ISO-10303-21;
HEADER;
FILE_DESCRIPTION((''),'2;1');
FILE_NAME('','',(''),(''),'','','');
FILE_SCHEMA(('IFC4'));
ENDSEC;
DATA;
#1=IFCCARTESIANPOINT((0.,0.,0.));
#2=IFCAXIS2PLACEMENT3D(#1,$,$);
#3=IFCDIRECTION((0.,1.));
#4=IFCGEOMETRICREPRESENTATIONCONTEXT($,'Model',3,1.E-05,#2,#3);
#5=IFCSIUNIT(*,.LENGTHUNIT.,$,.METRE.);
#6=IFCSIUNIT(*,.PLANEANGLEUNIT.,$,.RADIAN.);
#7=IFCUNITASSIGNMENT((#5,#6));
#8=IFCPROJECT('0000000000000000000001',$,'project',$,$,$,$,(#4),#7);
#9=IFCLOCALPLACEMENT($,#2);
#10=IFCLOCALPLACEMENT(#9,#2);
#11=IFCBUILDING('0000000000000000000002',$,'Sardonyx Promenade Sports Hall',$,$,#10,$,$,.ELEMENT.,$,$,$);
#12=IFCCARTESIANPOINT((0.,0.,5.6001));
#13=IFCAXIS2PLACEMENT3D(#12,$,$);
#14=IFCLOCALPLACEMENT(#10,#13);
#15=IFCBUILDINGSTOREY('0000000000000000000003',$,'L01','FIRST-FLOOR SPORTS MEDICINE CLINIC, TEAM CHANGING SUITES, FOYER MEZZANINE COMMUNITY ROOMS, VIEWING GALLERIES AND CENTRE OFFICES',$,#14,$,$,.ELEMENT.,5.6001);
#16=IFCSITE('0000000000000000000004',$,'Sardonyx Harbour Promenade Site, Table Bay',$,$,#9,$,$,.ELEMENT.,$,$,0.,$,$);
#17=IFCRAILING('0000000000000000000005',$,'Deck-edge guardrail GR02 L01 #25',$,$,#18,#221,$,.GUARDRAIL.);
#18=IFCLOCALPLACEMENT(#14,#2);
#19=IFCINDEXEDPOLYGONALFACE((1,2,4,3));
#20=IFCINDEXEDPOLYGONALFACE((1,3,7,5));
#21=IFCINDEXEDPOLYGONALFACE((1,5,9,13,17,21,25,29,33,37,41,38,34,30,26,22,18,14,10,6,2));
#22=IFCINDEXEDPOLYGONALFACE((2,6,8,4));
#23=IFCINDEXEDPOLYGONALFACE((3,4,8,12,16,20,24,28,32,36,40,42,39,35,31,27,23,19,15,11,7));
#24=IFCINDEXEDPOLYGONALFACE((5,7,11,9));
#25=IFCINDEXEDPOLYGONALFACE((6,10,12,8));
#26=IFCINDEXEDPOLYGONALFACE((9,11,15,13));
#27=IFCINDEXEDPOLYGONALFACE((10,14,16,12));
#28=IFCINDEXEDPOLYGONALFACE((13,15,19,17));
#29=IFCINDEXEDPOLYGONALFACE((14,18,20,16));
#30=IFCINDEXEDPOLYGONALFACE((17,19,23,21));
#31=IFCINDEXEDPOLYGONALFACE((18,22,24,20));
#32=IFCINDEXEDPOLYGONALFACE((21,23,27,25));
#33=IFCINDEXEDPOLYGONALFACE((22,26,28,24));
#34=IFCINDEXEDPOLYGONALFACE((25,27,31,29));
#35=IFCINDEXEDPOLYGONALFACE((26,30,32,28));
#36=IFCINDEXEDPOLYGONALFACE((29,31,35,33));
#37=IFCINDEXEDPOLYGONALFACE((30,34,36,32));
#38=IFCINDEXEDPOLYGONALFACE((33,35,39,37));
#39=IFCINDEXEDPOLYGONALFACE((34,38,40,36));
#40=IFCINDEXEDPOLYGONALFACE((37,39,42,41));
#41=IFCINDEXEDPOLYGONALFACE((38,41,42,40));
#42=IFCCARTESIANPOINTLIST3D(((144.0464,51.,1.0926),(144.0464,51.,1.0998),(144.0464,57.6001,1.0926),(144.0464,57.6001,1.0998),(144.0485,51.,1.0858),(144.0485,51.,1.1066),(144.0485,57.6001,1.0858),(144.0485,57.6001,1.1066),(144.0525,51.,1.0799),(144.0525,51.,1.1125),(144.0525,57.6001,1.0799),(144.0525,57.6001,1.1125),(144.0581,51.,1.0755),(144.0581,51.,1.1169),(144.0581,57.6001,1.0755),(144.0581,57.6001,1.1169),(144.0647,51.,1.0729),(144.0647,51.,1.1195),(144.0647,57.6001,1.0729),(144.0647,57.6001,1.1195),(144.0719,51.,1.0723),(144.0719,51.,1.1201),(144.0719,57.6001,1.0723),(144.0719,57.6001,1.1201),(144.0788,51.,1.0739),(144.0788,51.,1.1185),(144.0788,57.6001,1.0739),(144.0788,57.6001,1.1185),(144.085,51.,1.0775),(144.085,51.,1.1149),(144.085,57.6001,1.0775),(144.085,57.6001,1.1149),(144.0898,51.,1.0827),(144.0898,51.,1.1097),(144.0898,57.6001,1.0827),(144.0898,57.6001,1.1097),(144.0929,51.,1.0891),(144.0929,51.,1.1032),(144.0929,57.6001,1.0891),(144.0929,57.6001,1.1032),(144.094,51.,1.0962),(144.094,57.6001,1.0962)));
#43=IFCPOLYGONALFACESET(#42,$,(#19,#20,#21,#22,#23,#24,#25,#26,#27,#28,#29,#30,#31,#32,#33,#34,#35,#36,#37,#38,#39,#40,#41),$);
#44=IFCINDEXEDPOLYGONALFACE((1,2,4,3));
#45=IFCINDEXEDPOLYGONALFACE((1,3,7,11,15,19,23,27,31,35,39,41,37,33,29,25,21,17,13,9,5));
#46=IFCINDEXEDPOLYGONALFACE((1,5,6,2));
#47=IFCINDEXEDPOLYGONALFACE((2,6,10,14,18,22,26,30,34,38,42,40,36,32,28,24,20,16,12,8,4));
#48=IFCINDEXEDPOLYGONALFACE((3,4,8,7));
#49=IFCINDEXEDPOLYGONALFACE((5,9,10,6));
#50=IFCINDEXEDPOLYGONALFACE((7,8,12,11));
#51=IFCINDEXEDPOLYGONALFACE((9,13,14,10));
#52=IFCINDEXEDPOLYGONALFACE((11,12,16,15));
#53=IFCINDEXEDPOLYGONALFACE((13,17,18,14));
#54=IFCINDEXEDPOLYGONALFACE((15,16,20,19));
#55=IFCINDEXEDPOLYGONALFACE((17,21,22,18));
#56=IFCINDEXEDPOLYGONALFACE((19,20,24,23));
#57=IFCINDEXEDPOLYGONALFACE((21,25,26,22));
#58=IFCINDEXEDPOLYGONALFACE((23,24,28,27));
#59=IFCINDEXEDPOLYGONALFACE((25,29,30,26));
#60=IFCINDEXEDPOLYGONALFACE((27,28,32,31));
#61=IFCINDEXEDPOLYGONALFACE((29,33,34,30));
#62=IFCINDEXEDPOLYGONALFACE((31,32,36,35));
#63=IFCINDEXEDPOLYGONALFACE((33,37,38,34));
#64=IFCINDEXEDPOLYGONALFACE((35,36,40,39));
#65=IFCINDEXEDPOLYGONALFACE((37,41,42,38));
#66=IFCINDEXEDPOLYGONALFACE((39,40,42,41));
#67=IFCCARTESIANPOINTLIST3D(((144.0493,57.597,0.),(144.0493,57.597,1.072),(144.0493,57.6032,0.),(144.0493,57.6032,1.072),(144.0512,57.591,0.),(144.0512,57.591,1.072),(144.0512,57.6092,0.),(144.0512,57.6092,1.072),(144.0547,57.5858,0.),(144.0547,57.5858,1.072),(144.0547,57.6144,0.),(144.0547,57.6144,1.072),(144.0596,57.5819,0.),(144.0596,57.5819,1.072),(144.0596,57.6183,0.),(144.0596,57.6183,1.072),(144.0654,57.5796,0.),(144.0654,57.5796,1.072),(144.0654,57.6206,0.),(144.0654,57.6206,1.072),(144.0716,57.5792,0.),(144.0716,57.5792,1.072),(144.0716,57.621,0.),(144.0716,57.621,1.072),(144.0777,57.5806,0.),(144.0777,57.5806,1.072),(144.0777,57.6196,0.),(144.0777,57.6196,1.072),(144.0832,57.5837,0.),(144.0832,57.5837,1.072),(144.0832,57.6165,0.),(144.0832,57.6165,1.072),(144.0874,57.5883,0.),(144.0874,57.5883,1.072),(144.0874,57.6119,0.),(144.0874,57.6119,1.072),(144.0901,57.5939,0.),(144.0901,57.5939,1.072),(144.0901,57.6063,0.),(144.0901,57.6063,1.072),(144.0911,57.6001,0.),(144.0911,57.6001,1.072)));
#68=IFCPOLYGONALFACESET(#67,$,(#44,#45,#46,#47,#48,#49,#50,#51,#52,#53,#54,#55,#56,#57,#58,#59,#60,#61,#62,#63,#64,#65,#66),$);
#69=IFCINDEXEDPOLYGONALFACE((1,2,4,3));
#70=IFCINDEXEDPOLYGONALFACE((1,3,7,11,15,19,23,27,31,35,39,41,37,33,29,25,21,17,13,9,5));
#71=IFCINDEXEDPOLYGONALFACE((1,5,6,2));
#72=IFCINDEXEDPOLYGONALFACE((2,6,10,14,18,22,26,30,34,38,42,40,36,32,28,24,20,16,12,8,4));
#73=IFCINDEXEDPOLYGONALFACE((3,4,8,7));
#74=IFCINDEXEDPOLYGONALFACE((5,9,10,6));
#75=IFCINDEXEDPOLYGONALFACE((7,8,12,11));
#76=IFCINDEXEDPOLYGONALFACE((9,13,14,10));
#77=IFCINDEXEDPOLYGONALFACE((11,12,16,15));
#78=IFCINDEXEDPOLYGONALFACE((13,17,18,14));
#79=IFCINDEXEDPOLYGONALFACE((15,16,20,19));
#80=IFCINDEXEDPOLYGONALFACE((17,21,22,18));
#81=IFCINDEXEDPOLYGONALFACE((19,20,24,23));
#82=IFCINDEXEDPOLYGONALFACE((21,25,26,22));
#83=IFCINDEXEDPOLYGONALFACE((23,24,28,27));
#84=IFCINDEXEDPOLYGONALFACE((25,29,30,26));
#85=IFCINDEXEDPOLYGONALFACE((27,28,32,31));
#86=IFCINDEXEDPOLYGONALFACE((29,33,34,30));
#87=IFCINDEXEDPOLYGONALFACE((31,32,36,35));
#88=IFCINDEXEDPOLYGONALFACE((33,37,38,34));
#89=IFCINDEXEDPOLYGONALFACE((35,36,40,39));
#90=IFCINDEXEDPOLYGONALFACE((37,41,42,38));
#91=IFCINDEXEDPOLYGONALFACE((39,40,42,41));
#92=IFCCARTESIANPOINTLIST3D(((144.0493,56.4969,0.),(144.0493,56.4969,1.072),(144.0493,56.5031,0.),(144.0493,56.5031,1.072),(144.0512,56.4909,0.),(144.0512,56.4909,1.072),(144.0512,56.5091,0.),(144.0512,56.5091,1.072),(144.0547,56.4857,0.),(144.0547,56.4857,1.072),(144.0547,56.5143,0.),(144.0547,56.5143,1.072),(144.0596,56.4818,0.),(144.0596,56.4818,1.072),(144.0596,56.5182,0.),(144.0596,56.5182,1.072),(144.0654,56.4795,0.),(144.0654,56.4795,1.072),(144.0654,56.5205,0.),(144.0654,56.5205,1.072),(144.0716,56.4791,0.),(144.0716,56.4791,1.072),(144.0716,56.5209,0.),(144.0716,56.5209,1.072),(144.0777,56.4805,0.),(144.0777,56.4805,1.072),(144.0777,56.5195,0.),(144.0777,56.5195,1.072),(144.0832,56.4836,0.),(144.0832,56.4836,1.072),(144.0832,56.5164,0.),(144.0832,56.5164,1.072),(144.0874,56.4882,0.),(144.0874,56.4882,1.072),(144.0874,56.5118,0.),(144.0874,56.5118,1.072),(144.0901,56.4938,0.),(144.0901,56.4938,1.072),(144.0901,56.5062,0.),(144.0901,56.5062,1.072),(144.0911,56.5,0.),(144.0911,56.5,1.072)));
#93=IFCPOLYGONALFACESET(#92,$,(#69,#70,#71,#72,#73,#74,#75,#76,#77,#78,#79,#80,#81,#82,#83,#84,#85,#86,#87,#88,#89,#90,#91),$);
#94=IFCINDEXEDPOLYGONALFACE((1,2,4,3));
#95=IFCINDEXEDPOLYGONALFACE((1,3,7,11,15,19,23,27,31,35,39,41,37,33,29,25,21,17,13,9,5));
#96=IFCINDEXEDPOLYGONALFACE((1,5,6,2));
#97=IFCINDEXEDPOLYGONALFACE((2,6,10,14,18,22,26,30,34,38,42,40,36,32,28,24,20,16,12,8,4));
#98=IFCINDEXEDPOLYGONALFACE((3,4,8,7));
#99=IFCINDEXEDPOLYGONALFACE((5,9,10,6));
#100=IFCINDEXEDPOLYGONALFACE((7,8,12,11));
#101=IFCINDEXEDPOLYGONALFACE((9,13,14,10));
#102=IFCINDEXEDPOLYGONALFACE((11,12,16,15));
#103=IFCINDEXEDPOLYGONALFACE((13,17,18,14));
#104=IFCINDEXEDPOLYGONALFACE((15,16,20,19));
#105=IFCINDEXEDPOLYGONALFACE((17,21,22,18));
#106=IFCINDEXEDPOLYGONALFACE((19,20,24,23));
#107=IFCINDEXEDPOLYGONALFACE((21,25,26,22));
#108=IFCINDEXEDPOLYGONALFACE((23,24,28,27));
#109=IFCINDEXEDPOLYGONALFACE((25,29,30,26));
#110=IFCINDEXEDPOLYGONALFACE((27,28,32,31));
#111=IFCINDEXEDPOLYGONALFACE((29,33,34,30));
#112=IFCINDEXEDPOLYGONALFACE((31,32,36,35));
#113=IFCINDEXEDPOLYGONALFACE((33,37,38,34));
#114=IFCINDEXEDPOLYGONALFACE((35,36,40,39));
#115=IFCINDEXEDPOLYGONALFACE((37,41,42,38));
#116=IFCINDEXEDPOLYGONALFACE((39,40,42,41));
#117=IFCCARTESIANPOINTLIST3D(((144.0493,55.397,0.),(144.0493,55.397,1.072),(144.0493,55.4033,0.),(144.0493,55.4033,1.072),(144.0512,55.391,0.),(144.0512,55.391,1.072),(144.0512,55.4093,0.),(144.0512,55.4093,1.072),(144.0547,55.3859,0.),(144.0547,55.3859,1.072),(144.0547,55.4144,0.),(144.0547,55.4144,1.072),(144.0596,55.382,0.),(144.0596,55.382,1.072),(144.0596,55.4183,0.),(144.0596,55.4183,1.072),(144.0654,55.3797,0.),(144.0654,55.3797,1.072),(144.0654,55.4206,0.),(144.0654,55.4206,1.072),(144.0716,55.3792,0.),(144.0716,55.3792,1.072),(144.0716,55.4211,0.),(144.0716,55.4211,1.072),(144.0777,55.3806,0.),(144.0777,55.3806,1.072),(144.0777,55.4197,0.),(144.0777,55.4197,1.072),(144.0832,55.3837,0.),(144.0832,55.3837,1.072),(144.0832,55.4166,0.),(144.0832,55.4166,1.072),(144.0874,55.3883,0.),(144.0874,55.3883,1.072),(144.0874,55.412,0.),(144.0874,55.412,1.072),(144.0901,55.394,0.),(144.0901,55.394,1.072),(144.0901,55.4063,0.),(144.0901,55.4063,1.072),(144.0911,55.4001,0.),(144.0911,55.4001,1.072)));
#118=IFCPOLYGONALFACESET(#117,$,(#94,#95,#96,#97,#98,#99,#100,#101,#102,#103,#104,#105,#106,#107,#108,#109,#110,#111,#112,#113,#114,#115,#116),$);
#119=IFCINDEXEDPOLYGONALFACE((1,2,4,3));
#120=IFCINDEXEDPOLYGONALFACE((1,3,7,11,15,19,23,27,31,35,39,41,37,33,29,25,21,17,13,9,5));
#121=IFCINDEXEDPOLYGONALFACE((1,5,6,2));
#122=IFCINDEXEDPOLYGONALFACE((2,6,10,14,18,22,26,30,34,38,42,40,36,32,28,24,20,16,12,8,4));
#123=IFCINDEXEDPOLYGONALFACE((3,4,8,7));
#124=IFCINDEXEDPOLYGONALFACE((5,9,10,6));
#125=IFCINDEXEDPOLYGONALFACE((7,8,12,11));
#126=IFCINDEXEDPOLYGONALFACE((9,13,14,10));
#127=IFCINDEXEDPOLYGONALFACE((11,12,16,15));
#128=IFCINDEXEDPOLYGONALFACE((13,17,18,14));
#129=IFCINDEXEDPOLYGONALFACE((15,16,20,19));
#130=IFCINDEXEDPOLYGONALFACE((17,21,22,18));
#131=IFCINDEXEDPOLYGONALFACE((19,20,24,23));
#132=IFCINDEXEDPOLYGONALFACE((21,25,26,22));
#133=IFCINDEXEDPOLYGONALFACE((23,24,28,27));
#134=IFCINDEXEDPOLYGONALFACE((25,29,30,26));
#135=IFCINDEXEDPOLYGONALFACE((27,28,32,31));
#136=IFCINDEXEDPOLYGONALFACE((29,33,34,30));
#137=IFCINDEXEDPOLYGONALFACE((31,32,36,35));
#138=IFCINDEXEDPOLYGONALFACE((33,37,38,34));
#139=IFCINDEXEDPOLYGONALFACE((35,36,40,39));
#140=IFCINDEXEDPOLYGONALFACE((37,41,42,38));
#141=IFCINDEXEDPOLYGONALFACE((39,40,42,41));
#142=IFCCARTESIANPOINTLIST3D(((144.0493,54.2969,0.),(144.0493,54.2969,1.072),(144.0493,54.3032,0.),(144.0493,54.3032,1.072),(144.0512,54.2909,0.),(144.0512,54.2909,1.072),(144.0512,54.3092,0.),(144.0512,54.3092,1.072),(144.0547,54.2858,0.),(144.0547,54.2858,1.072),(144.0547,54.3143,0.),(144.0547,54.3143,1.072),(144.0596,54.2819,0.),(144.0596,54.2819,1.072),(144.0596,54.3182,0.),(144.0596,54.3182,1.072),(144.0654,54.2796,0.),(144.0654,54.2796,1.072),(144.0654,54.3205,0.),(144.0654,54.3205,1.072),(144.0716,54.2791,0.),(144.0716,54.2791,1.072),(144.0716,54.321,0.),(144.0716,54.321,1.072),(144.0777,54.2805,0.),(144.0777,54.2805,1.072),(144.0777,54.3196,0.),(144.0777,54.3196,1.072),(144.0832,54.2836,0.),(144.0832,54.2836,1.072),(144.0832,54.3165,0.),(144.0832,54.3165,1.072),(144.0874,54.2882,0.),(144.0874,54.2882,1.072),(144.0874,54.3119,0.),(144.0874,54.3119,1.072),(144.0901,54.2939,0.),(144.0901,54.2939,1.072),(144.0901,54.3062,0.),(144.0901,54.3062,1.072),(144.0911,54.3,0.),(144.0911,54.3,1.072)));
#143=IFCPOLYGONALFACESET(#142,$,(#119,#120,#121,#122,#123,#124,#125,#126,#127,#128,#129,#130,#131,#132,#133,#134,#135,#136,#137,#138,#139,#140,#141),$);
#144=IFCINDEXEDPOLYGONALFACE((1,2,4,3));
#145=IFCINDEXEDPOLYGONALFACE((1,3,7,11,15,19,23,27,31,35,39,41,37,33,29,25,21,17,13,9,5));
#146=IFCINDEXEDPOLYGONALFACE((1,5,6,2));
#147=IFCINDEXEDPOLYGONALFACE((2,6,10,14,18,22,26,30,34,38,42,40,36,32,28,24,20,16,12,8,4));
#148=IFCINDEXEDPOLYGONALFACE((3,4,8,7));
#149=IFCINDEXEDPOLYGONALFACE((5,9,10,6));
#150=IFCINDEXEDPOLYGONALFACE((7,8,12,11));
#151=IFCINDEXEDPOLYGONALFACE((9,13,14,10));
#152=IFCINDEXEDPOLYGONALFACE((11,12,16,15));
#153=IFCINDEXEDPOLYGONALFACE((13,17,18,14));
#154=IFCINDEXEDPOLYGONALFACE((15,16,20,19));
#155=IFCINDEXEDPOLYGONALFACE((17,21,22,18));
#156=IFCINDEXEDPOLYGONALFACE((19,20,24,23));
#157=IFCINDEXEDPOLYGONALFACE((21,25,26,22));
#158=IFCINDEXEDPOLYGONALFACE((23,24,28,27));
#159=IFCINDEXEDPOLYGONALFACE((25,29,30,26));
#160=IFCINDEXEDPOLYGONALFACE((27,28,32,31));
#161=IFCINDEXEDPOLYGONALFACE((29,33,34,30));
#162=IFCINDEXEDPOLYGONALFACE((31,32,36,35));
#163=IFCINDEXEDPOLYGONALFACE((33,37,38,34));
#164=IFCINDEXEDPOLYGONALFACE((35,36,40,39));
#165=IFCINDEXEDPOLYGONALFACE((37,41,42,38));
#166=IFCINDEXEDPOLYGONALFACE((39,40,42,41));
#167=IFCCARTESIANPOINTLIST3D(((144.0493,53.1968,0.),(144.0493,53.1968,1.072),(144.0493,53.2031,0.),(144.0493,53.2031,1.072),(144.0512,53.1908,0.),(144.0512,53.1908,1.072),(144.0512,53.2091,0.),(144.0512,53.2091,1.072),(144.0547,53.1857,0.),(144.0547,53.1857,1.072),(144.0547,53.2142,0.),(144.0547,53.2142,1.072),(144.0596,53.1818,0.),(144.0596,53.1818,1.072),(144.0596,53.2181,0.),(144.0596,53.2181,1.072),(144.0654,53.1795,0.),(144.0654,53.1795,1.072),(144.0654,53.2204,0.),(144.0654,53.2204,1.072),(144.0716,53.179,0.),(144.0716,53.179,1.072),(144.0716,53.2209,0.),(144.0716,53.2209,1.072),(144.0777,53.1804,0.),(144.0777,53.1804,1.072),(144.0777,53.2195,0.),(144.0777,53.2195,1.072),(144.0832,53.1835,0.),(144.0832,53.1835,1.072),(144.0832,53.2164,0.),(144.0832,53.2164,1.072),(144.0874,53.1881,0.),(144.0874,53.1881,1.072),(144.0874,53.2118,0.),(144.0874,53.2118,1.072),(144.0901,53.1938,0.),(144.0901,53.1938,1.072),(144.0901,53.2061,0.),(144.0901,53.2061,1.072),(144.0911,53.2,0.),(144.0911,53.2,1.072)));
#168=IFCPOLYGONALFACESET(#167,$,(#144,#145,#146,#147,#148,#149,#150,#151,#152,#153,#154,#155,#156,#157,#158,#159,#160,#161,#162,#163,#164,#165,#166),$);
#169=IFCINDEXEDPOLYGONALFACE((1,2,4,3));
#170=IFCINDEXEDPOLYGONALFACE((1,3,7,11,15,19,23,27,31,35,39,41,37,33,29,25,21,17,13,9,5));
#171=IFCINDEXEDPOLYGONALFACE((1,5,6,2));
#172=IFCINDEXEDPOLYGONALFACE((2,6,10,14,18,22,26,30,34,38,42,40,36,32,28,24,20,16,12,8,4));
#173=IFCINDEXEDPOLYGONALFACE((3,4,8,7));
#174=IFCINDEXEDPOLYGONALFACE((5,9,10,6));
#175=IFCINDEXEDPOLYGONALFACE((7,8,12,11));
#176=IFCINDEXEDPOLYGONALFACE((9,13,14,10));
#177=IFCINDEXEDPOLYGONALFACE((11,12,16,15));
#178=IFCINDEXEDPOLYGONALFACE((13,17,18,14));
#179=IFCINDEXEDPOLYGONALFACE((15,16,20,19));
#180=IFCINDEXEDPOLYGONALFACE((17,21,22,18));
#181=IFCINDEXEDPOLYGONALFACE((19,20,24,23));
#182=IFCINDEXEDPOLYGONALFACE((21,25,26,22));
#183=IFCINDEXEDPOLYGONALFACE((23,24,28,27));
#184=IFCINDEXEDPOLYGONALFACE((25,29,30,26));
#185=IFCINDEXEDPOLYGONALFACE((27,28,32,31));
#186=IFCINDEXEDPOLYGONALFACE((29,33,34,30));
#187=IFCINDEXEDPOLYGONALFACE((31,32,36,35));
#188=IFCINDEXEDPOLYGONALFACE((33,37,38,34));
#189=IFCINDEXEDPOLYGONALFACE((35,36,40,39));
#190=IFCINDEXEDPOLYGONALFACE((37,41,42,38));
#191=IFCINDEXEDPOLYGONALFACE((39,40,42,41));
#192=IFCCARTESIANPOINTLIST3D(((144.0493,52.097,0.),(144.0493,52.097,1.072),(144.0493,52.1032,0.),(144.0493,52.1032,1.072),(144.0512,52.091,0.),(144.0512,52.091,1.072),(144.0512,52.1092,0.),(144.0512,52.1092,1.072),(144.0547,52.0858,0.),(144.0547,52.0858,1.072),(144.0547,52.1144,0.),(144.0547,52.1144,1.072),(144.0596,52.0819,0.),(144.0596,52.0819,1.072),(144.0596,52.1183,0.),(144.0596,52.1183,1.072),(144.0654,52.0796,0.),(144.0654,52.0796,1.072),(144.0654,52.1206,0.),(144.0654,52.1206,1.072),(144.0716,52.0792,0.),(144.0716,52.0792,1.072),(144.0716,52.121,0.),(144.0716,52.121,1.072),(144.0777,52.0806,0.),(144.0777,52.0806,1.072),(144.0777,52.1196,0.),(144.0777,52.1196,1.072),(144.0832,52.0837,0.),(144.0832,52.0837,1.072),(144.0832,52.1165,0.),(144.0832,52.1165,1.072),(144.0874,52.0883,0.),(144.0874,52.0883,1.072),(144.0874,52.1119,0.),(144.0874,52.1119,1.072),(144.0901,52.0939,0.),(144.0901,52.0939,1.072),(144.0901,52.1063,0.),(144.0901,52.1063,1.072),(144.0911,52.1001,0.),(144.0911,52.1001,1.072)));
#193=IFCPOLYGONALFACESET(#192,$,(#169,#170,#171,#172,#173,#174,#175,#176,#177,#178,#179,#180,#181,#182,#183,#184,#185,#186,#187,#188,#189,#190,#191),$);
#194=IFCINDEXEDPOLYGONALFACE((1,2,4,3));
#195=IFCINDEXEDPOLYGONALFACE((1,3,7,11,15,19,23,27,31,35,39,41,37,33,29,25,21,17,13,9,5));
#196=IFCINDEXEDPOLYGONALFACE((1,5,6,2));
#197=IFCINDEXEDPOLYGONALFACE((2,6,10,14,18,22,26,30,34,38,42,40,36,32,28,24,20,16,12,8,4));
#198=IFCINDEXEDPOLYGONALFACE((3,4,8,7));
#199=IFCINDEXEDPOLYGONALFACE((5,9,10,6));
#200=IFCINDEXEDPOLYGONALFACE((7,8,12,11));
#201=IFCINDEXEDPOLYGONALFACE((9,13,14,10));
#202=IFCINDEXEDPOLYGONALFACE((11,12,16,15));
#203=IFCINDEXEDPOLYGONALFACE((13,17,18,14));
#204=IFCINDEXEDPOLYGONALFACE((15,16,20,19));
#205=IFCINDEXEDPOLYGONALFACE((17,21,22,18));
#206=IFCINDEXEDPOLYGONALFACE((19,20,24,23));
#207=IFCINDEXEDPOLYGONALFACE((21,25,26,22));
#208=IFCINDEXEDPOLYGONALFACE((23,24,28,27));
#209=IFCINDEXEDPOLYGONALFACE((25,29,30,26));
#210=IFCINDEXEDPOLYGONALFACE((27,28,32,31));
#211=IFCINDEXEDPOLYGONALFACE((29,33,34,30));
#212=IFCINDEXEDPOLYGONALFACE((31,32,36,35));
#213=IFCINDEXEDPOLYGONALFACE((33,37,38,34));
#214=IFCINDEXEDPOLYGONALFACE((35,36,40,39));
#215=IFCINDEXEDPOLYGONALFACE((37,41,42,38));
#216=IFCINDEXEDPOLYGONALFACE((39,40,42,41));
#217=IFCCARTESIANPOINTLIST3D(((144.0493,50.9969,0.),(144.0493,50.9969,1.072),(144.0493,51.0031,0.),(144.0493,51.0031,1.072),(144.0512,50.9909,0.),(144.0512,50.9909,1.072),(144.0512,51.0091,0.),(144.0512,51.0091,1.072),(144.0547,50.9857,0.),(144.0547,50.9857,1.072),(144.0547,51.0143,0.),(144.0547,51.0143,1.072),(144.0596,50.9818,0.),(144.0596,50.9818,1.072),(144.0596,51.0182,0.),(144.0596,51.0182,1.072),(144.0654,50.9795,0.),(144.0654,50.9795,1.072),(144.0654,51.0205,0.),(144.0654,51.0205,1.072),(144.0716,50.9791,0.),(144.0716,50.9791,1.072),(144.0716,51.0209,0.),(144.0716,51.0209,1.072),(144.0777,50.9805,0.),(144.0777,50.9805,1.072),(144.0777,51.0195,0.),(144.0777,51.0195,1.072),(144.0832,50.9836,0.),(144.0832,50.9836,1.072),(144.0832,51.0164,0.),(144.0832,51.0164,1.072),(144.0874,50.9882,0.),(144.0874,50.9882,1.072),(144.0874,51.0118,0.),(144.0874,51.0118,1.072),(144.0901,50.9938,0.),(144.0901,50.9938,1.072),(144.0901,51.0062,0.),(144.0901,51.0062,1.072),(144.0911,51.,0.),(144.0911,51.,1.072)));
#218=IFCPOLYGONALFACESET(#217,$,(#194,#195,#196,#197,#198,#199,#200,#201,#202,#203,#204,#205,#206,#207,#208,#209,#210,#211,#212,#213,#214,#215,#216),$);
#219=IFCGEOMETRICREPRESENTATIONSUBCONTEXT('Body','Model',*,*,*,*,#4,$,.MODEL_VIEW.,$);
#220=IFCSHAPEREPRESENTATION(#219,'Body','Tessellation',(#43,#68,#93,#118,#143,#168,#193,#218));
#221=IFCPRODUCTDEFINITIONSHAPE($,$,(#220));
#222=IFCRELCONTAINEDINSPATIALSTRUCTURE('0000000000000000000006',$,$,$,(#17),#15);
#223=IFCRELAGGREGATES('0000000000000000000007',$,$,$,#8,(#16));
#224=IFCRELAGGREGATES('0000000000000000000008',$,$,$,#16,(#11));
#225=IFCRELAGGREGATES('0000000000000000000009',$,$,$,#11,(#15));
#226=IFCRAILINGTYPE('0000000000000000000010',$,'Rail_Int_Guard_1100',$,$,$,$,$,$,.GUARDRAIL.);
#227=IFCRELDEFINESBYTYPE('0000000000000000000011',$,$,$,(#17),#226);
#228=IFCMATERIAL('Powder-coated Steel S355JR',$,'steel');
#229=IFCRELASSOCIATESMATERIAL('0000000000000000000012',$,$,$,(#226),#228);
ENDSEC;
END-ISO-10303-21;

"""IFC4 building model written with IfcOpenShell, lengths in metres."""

from ifc_helpers import new_model, si_unit, direction, frame, origin, origin_2d, place, context, subcontext, project, spatial, circle, extrude, material, type_object, element, save


model = new_model("IFC4")

# Units and contexts
model_context = context("Model", 3, precision=1e-05, world=origin(), true_north=direction((0.0, 1.0)))
body_context = subcontext(model_context, "Body", "Model", "MODEL_VIEW")
ifc_project = project(units=[si_unit("LENGTHUNIT", "METRE"), si_unit("PLANEANGLEUNIT", "RADIAN")], contexts=[model_context])

# Site, building, storey
site_placement = place(None, origin())
site = spatial("IfcSite", under=ifc_project, at=site_placement, Name="Sardonyx Harbour Promenade Site, Table Bay", CompositionType="ELEMENT", RefElevation=0.0)
building_placement = place(site_placement, origin())
building = spatial("IfcBuilding", under=site, at=building_placement, Name="Sardonyx Promenade Sports Hall", CompositionType="ELEMENT")
storey_placement = place(building_placement, frame((0.0, 0.0, 5.6001)))
storey = spatial("IfcBuildingStorey", under=building, at=storey_placement, Name="L01", Description="FIRST-FLOOR SPORTS MEDICINE CLINIC, TEAM CHANGING SUITES, FOYER MEZZANINE COMMUNITY ROOMS, VIEWING GALLERIES AND CENTRE OFFICES", CompositionType="ELEMENT", Elevation=5.6001)

# Railing
ifc_material_1 = material(Name="Powder-coated Steel S355JR", Category="steel")
railing_type_1 = type_object("IfcRailingType", Name="Rail_Int_Guard_1100", PredefinedType="GUARDRAIL", material=ifc_material_1)
railing_1_placement = place(storey_placement, frame((144.0701, 57.6001, 0.0)))
element("IfcRailing", 1, at=railing_1_placement, inside=storey, type_object=railing_type_1, Name="Deck-edge guardrail GR02 L01 #25", PredefinedType="GUARDRAIL", context=body_context, shape_type="SweptSolid", body=[
    extrude(circle(Radius=0.0239, at=origin_2d()), frame((0.0, 0.0, 1.0962), z_axis=(0.0, -1.0, 0.0), x_axis=(1.0, 0.0, 0.0)), (0.0, 0.0, 1.0), 6.6001),
    extrude(circle(Radius=0.021, at=origin_2d()), origin(), (0.0, 0.0, 1.0), 1.072),
    extrude(circle(Radius=0.021, at=origin_2d()), frame((0.0, -1.1001, 0.0)), (0.0, 0.0, 1.0), 1.072),
    extrude(circle(Radius=0.021, at=origin_2d()), frame((0.0, -2.2, 0.0)), (0.0, 0.0, 1.0), 1.072),
    extrude(circle(Radius=0.021, at=origin_2d()), frame((0.0, -3.3, 0.0)), (0.0, 0.0, 1.0), 1.072),
    extrude(circle(Radius=0.021, at=origin_2d()), frame((0.0, -4.4001, 0.0)), (0.0, 0.0, 1.0), 1.072),
    extrude(circle(Radius=0.021, at=origin_2d()), frame((0.0, -5.5, 0.0)), (0.0, 0.0, 1.0), 1.072),
    extrude(circle(Radius=0.021, at=origin_2d()), frame((0.0, -6.6001, 0.0)), (0.0, 0.0, 1.0), 1.072),
])

save(model, "model.ifc")
